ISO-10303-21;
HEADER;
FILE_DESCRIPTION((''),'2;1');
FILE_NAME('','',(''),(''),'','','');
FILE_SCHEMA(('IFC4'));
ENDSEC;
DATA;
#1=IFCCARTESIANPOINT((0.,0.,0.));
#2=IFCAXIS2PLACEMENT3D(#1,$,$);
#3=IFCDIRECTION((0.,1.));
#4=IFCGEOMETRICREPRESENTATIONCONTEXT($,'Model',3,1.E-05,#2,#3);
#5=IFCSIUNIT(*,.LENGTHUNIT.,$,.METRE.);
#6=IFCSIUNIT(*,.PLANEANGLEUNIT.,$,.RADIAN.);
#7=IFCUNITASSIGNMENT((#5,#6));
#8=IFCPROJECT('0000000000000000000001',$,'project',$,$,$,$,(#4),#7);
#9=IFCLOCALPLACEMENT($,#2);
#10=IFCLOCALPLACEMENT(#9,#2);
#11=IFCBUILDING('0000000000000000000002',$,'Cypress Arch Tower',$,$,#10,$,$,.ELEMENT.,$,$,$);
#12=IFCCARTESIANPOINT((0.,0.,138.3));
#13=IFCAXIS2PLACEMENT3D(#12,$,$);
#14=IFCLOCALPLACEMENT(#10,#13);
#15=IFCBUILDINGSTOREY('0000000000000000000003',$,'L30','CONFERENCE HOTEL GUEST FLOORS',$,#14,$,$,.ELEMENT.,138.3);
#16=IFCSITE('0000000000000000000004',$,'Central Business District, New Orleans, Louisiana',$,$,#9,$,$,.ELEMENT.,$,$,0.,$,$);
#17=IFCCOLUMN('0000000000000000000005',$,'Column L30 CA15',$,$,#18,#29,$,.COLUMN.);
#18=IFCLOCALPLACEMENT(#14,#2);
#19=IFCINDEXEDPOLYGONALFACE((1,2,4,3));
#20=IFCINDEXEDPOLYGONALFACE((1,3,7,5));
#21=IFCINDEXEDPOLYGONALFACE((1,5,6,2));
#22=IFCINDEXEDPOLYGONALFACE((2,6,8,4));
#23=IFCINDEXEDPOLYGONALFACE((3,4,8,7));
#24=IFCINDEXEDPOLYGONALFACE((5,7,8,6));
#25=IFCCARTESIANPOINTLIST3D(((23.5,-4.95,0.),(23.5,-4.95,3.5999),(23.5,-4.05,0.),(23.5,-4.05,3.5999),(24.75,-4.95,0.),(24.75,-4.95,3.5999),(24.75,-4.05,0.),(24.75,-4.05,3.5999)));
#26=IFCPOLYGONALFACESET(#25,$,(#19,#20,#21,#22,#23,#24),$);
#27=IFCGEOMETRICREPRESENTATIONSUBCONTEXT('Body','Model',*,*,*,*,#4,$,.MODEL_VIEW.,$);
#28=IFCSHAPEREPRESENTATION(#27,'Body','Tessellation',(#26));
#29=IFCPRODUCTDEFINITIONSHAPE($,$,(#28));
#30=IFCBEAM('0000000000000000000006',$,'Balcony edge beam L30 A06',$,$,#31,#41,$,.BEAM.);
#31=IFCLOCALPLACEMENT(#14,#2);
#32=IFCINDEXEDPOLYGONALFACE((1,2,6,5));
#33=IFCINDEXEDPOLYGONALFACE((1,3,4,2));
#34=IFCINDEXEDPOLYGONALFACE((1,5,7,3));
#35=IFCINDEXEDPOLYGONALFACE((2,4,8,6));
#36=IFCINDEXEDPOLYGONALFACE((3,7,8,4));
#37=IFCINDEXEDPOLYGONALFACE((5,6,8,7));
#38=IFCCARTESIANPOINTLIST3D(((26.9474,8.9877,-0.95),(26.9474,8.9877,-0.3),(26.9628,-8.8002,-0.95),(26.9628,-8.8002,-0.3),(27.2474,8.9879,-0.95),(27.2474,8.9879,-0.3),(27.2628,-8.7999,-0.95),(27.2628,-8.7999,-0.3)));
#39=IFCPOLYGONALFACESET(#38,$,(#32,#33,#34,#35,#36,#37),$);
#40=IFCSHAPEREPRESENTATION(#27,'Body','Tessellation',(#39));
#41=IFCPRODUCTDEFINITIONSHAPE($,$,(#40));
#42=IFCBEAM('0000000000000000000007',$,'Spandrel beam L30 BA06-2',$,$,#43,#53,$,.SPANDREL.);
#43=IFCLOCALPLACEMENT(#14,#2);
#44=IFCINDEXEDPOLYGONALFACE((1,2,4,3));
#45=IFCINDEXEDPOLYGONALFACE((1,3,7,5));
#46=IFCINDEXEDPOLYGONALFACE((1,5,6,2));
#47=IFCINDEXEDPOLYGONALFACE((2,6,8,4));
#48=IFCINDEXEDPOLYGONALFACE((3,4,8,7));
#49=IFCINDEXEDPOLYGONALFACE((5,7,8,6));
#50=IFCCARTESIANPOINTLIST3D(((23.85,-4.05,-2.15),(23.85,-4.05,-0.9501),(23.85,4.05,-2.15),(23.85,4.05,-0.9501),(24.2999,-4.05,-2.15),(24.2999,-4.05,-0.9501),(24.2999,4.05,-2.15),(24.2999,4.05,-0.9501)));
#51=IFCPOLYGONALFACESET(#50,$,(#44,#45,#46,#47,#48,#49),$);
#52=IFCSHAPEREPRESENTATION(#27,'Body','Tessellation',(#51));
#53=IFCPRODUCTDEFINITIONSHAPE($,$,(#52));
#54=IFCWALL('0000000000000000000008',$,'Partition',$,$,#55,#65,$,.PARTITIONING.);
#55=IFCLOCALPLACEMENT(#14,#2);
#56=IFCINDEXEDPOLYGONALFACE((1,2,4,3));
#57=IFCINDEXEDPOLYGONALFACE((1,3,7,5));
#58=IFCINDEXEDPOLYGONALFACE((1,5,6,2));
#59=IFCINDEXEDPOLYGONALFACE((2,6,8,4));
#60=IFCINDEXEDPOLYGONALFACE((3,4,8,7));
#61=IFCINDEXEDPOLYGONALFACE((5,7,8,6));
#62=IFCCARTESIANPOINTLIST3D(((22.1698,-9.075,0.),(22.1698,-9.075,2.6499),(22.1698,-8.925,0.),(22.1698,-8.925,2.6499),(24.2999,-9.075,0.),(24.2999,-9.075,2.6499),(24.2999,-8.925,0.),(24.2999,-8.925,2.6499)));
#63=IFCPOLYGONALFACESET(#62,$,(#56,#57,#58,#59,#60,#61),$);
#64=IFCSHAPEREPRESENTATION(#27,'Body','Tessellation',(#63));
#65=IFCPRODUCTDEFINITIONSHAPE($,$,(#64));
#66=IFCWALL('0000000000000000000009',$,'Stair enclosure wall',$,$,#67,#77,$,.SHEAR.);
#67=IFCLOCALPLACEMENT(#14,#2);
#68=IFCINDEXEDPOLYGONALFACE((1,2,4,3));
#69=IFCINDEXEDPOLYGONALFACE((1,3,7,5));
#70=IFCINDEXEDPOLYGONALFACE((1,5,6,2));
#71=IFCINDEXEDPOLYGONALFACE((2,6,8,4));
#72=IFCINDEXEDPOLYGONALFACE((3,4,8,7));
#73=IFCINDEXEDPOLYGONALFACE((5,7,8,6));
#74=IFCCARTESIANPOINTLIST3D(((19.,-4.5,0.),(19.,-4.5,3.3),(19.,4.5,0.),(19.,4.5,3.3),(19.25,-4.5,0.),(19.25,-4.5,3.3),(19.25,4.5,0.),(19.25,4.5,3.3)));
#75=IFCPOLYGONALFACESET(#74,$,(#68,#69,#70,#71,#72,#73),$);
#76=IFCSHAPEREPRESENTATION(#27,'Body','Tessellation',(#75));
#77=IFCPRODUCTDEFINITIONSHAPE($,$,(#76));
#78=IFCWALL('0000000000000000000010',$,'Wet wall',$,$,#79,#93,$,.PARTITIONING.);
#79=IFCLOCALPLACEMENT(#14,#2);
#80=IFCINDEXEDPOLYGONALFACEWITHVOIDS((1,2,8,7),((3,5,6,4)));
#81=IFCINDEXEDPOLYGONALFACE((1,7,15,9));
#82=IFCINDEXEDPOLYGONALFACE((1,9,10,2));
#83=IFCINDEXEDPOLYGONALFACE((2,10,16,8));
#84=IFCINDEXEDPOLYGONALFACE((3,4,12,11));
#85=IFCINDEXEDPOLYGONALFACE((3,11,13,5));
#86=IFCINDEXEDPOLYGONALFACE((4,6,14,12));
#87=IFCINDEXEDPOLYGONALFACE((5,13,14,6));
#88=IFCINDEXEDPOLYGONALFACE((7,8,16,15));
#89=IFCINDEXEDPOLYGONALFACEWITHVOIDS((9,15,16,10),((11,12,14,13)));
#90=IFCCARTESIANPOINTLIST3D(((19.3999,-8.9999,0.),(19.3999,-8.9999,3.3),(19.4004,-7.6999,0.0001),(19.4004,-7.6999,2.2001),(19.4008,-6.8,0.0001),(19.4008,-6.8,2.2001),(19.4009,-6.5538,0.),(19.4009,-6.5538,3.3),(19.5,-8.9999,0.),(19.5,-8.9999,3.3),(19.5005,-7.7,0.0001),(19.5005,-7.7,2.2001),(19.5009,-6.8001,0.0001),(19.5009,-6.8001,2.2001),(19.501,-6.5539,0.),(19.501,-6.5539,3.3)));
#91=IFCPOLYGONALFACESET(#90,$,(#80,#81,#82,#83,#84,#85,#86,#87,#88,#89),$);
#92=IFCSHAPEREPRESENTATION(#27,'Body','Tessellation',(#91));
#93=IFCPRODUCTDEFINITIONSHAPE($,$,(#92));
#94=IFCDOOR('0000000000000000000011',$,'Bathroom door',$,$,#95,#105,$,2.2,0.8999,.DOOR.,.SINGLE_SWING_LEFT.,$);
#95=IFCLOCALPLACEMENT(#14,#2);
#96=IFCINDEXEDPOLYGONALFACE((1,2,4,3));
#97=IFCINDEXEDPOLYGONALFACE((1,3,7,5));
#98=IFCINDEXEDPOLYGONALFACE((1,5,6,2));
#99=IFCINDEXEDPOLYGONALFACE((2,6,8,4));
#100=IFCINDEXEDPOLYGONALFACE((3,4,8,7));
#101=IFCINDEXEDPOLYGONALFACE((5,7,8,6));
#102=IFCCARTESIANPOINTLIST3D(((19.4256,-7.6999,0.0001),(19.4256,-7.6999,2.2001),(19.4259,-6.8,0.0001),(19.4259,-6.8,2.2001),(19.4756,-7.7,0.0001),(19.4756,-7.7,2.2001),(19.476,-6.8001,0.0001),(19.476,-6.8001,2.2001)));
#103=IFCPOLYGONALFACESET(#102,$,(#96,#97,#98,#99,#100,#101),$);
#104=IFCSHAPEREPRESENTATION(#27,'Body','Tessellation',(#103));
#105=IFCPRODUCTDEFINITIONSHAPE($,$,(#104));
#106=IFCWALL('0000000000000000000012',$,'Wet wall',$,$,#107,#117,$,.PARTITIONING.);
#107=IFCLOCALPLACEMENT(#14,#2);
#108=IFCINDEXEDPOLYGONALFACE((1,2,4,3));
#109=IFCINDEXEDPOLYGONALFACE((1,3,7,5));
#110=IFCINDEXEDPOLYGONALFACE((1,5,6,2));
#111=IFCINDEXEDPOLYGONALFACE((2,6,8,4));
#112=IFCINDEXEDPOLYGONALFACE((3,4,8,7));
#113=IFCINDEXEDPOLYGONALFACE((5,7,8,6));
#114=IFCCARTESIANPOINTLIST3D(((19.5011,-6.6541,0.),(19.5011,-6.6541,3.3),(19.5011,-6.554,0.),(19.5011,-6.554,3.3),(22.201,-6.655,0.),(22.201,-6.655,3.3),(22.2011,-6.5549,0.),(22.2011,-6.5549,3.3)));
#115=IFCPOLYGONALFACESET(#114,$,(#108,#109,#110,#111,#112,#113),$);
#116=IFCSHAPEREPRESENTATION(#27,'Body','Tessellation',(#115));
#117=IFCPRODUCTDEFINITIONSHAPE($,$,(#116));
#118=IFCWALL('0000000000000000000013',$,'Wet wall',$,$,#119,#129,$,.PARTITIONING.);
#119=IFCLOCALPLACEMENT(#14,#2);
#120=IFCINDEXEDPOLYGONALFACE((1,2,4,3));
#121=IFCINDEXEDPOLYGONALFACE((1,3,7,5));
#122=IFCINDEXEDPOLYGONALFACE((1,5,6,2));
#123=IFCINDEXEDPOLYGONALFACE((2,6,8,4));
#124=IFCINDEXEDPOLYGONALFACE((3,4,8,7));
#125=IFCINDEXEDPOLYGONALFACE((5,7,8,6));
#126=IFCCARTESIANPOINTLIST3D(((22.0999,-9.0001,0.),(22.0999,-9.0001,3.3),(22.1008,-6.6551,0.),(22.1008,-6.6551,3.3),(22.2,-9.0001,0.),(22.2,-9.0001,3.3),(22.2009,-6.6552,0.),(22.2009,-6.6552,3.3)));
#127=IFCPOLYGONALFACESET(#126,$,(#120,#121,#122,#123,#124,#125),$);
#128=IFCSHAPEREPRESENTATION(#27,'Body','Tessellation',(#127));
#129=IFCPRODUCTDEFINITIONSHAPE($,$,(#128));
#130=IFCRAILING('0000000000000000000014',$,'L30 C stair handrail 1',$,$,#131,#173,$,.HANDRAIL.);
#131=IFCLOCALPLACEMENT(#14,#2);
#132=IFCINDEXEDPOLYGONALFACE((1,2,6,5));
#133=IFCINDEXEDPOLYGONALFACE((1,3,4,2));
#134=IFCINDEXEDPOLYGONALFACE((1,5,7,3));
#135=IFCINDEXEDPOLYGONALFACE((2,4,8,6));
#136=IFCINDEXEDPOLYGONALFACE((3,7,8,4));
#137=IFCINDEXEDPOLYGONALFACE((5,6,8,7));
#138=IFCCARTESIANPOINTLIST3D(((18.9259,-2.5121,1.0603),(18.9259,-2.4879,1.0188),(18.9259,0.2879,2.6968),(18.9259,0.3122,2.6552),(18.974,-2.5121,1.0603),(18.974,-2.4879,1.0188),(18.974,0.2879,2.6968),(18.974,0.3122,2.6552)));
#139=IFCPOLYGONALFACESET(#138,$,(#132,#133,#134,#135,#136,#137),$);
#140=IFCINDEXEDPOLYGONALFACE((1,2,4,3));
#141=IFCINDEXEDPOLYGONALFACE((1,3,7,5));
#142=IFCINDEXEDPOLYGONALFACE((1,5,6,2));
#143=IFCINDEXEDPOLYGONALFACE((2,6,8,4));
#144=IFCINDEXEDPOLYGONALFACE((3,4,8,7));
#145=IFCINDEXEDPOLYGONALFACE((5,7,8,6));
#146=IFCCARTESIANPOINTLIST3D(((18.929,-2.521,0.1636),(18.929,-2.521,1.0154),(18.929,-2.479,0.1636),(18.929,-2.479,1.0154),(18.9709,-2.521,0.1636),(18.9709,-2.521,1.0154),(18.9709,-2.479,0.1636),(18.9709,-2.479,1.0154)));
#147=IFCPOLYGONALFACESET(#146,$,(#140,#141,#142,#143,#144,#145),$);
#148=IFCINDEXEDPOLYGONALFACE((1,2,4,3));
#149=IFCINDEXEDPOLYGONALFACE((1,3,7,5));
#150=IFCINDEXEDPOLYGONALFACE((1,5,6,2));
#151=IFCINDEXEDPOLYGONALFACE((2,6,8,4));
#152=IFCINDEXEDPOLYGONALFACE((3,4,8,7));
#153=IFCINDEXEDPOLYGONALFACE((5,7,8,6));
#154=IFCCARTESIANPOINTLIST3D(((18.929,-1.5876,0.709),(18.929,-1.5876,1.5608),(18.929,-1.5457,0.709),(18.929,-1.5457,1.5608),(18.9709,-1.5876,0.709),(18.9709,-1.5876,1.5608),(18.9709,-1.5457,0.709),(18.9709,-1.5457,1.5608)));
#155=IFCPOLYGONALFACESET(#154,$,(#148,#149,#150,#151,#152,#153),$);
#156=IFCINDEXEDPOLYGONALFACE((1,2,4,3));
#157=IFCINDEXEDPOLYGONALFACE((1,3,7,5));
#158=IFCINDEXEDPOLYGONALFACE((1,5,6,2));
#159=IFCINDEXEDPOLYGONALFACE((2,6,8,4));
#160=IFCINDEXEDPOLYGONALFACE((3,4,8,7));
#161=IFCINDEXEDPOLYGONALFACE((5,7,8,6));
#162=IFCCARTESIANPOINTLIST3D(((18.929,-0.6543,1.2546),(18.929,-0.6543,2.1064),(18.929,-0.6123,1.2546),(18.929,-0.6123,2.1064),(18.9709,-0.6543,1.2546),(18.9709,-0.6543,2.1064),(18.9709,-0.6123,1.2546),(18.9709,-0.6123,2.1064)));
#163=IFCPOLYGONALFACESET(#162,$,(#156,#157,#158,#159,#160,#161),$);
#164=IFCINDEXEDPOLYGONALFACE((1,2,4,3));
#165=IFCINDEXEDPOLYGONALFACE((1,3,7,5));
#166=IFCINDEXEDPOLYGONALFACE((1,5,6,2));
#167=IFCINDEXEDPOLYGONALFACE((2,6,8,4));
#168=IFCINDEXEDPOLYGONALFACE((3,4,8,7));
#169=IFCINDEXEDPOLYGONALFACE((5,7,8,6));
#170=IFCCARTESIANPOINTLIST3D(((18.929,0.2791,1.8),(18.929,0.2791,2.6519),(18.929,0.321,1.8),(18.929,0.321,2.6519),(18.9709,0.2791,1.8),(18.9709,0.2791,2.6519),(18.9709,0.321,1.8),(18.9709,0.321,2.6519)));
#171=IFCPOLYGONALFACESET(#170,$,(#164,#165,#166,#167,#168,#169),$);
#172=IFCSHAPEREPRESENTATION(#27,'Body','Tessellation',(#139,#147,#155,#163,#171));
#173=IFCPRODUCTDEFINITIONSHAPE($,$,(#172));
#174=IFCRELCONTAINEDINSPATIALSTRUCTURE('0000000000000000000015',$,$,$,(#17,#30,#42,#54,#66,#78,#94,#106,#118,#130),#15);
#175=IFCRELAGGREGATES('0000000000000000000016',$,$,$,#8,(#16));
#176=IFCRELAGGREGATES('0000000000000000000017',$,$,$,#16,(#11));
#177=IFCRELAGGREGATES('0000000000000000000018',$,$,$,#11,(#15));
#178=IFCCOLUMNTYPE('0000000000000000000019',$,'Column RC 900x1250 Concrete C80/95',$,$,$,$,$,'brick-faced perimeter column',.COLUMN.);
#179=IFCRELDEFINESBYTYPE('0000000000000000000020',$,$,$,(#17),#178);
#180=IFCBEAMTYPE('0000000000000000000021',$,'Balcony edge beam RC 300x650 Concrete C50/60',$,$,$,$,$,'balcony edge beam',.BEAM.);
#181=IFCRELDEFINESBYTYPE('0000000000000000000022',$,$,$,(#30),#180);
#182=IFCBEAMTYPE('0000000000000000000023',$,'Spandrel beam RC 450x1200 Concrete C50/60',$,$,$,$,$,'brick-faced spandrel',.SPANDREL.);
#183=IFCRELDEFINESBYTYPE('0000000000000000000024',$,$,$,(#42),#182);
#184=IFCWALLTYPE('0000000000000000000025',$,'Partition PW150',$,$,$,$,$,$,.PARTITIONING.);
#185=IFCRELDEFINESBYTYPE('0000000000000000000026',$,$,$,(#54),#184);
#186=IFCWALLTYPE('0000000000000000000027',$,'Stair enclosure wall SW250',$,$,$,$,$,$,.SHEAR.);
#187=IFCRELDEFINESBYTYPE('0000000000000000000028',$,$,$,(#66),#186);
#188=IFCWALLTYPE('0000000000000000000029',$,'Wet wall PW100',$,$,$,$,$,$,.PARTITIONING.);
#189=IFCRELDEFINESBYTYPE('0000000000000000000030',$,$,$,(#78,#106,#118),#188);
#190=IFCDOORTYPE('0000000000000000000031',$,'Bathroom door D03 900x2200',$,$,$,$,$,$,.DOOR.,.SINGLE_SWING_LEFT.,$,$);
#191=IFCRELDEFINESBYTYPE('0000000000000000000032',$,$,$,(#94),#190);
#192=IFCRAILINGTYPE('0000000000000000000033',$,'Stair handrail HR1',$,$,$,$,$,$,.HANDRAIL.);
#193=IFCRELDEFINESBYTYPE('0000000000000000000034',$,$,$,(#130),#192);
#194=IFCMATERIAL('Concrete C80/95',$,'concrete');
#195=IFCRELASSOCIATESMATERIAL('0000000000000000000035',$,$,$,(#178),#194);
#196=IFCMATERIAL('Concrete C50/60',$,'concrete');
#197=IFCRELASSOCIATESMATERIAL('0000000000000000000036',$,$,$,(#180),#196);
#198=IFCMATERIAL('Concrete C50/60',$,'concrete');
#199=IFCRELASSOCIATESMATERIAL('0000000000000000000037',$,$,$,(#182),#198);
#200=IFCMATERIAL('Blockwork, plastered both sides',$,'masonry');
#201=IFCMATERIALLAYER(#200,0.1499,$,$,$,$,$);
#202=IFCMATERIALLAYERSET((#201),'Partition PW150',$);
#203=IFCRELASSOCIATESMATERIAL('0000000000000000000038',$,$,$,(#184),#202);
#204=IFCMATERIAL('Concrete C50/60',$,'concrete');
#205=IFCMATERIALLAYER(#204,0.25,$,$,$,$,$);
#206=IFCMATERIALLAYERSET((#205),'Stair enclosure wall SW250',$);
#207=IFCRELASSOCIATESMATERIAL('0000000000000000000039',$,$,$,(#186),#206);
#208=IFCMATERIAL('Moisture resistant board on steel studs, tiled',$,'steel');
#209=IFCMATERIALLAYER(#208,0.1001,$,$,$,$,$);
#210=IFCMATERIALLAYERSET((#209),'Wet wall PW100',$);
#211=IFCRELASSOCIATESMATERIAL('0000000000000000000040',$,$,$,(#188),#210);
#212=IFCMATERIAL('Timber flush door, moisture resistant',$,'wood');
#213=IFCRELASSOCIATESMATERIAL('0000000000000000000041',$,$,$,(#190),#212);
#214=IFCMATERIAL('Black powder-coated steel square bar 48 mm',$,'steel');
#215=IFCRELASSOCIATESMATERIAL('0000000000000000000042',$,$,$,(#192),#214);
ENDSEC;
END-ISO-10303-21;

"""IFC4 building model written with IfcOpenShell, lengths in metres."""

from ifc_helpers import new_model, si_unit, direction, frame, frame_2d, origin, origin_2d, place, context, subcontext, project, spatial, rectangle, extrude, material, layer, layer_set, material_profile, profile_set, type_object, element, fill, save


model = new_model("IFC4")

# Units and contexts
model_context = context("Model", 3, precision=1e-05, world=origin(), true_north=direction((0.0, 1.0)))
body_context = subcontext(model_context, "Body", "Model", "MODEL_VIEW")
ifc_project = project(units=[si_unit("LENGTHUNIT", "METRE"), si_unit("PLANEANGLEUNIT", "RADIAN")], contexts=[model_context])

# Site, building, storey
site_placement = place(None, origin())
site = spatial("IfcSite", under=ifc_project, at=site_placement, Name="Central Business District, New Orleans, Louisiana", CompositionType="ELEMENT", RefElevation=0.0)
building_placement = place(site_placement, origin())
building = spatial("IfcBuilding", under=site, at=building_placement, Name="Cypress Arch Tower", CompositionType="ELEMENT")
storey_placement = place(building_placement, frame((0.0, 0.0, 138.3)))
storey = spatial("IfcBuildingStorey", under=building, at=storey_placement, Name="L30", Description="CONFERENCE HOTEL GUEST FLOORS", CompositionType="ELEMENT", Elevation=138.3)

# Column
ifc_material_1 = material(Name="Concrete C80/95", Category="concrete")
ifc_material_profile_1 = material_profile(ifc_material_1, rectangle(XDim=0.8999, YDim=1.25, at=origin_2d()), Name="RC 900x1250")
ifc_profile_set_1 = profile_set([ifc_material_profile_1], Name="Concrete C80/95")
column_type = type_object("IfcColumnType", Name="Column RC 900x1250 Concrete C80/95", ElementType="brick-faced perimeter column", PredefinedType="COLUMN", material=ifc_profile_set_1)
column_placement = place(storey_placement, frame((24.125, -4.5, 0.0), z_axis=(0.0, 0.0, 1.0), x_axis=(0.0, 1.0, 0.0)))
element("IfcColumn", 1, at=column_placement, inside=storey, type_object=column_type, Name="Column L30 CA15", PredefinedType="COLUMN", context=body_context, shape_type="SweptSolid", body=[
    extrude(rectangle(XDim=0.8999, YDim=1.25, at=origin_2d()), origin(), (0.0, 0.0, 1.0), 3.5999),
])

# Beams
ifc_material_2 = material(Name="Concrete C50/60", Category="concrete")
ifc_material_profile_2 = material_profile(ifc_material_2, rectangle(XDim=0.3, YDim=0.6499, at=origin_2d()), Name="RC 300x650")
ifc_profile_set_2 = profile_set([ifc_material_profile_2], Name="Concrete C50/60")
beam_type_1 = type_object("IfcBeamType", Name="Balcony edge beam RC 300x650 Concrete C50/60", ElementType="balcony edge beam", PredefinedType="BEAM", material=ifc_profile_set_2)
beam_1_placement = place(storey_placement, frame((27.1128, -8.8, -0.625), z_axis=(-0.000865, 1.0, 0.0), x_axis=(-1.0, -0.000865, 0.0)))
element("IfcBeam", 2, at=beam_1_placement, inside=storey, type_object=beam_type_1, Name="Balcony edge beam L30 A06", PredefinedType="BEAM", context=body_context, shape_type="SweptSolid", body=[
    extrude(rectangle(XDim=0.3, YDim=0.6499, at=origin_2d()), origin(), (0.0, 0.0, 1.0), 17.7878),
])
ifc_material_3 = material(Name="Concrete C50/60", Category="concrete")
ifc_material_profile_3 = material_profile(ifc_material_3, rectangle(XDim=0.45, YDim=1.2, at=origin_2d()), Name="RC 450x1200")
ifc_profile_set_3 = profile_set([ifc_material_profile_3], Name="Concrete C50/60")
beam_type_2 = type_object("IfcBeamType", Name="Spandrel beam RC 450x1200 Concrete C50/60", ElementType="brick-faced spandrel", PredefinedType="SPANDREL", material=ifc_profile_set_3)
beam_2_placement = place(storey_placement, frame((24.075, -4.05, -1.55), z_axis=(0.0, 1.0, 0.0), x_axis=(-1.0, 0.0, 0.0)))
element("IfcBeam", 3, at=beam_2_placement, inside=storey, type_object=beam_type_2, Name="Spandrel beam L30 BA06-2", PredefinedType="SPANDREL", context=body_context, shape_type="SweptSolid", body=[
    extrude(rectangle(XDim=0.45, YDim=1.2, at=origin_2d()), origin(), (0.0, 0.0, 1.0), 8.1001),
])

# Walls
ifc_material_4 = material(Name="Blockwork, plastered both sides", Category="masonry")
ifc_layer_1 = layer(ifc_material_4, 0.1499)
ifc_layer_set_1 = layer_set([ifc_layer_1], Name="Partition PW150")
wall_type_1 = type_object("IfcWallType", Name="Partition PW150", PredefinedType="PARTITIONING", material=ifc_layer_set_1)
wall_1_placement = place(storey_placement, frame((22.1699, -9.0, 0.0), z_axis=(0.0, 0.0, 1.0), x_axis=(1.0, 0.0, 0.0)))
element("IfcWall", 4, at=wall_1_placement, inside=storey, type_object=wall_type_1, Name="Partition", PredefinedType="PARTITIONING", context=body_context, shape_type="SweptSolid", body=[
    extrude(rectangle(XDim=2.1301, YDim=0.1499, at=frame_2d((1.0649, 0.0))), origin(), (0.0, 0.0, 1.0), 2.6499),
])
ifc_material_5 = material(Name="Concrete C50/60", Category="concrete")
ifc_layer_2 = layer(ifc_material_5, 0.25)
ifc_layer_set_2 = layer_set([ifc_layer_2], Name="Stair enclosure wall SW250")
wall_type_2 = type_object("IfcWallType", Name="Stair enclosure wall SW250", PredefinedType="SHEAR", material=ifc_layer_set_2)
wall_2_placement = place(storey_placement, frame((19.125, -4.5, 0.0), z_axis=(0.0, 0.0, 1.0), x_axis=(0.0, 1.0, 0.0)))
element("IfcWall", 5, at=wall_2_placement, inside=storey, type_object=wall_type_2, Name="Stair enclosure wall", PredefinedType="SHEAR", context=body_context, shape_type="SweptSolid", body=[
    extrude(rectangle(XDim=9.0, YDim=0.25, at=frame_2d((4.5, 0.0))), origin(), (0.0, 0.0, 1.0), 3.3),
])

# Wall, opening, door
ifc_material_6 = material(Name="Moisture resistant board on steel studs, tiled", Category="steel")
ifc_layer_3 = layer(ifc_material_6, 0.1001)
ifc_layer_set_3 = layer_set([ifc_layer_3], Name="Wet wall PW100")
wall_type_3 = type_object("IfcWallType", Name="Wet wall PW100", PredefinedType="PARTITIONING", material=ifc_layer_set_3)
wall_3_placement = place(storey_placement, frame((19.45, -9.0, 0.0), z_axis=(0.0, 0.0, 1.0), x_axis=(0.000399, 1.0, 0.0)))
wall_3 = element("IfcWall", 6, at=wall_3_placement, inside=storey, type_object=wall_type_3, Name="Wet wall", PredefinedType="PARTITIONING", context=body_context, shape_type="SweptSolid", body=[
    extrude(rectangle(XDim=2.446, YDim=0.1001, at=frame_2d((1.2231, 0.0))), origin(), (0.0, 0.0, 1.0), 3.3),
])
opening_1_placement = place(wall_3_placement, frame((1.3, 0.0, 0.0)))
opening_1 = element("IfcOpeningElement", 7, at=opening_1_placement, cuts=wall_3, PredefinedType="OPENING", context=body_context, shape_type="SweptSolid", body=[
    extrude(rectangle(XDim=0.8999, YDim=2.2, at=frame_2d((0.45, 1.1001))), frame((0.0, 0.0601, 0.0), z_axis=(0.0, -1.0, 0.0), x_axis=(1.0, 0.0, 0.0)), (0.0, 0.0, 1.0), 0.1201),
])
ifc_material_7 = material(Name="Timber flush door, moisture resistant", Category="wood")
door_type_1 = type_object("IfcDoorType", Name="Bathroom door D03 900x2200", OperationType="SINGLE_SWING_LEFT", PredefinedType="DOOR", material=ifc_material_7)
door_1_placement = place(opening_1_placement, origin())
door_1 = element("IfcDoor", 8, at=door_1_placement, inside=storey, type_object=door_type_1, Name="Bathroom door", OperationType="SINGLE_SWING_LEFT", OverallHeight=2.2, OverallWidth=0.8999, PredefinedType="DOOR", context=body_context, shape_type="SweptSolid", body=[
    extrude(rectangle(XDim=0.8999, YDim=2.2, at=frame_2d((0.45, 1.1001))), frame((0.0, 0.0249, 0.0), z_axis=(0.0, -1.0, 0.0), x_axis=(1.0, 0.0, 0.0)), (0.0, 0.0, 1.0), 0.05),
])
fill(opening_1, door_1)

# Walls
wall_4_placement = place(storey_placement, frame((19.501, -6.604, 0.0), z_axis=(0.0, 0.0, 1.0), x_axis=(1.0, -0.000362, 0.0)))
element("IfcWall", 9, at=wall_4_placement, inside=storey, type_object=wall_type_3, Name="Wet wall", PredefinedType="PARTITIONING", context=body_context, shape_type="SweptSolid", body=[
    extrude(rectangle(XDim=2.7, YDim=0.1001, at=frame_2d((1.3501, 0.0))), origin(), (0.0, 0.0, 1.0), 3.3),
])
wall_5_placement = place(storey_placement, frame((22.1499, -9.0, 0.0), z_axis=(0.0, 0.0, 1.0), x_axis=(0.000416, 1.0, 0.0)))
element("IfcWall", 10, at=wall_5_placement, inside=storey, type_object=wall_type_3, Name="Wet wall", PredefinedType="PARTITIONING", context=body_context, shape_type="SweptSolid", body=[
    extrude(rectangle(XDim=2.345, YDim=0.1001, at=frame_2d((1.1724, 0.0))), origin(), (0.0, 0.0, 1.0), 3.3),
])

# Railing
ifc_material_8 = material(Name="Black powder-coated steel square bar 48 mm", Category="steel")
railing_type_1 = type_object("IfcRailingType", Name="Stair handrail HR1", PredefinedType="HANDRAIL", material=ifc_material_8)
railing_1_placement = place(storey_placement, frame((18.95, -2.5, 0.1636)))
element("IfcRailing", 11, at=railing_1_placement, inside=storey, type_object=railing_type_1, Name="L30 C stair handrail 1", PredefinedType="HANDRAIL", context=body_context, shape_type="SweptSolid", body=[
    extrude(rectangle(XDim=0.0481, YDim=0.0481, at=origin_2d()), frame((0.0, 0.0, 0.876), z_axis=(0.0, 0.863361, 0.504587), x_axis=(-1.0, 0.0, 0.0)), (0.0, 0.0, 1.0), 3.2432),
    extrude(rectangle(XDim=0.042, YDim=0.042, at=origin_2d()), origin(), (0.0, 0.0, 1.0), 0.8518),
    extrude(rectangle(XDim=0.042, YDim=0.042, at=origin_2d()), frame((0.0, 0.9333, 0.5454)), (0.0, 0.0, 1.0), 0.8518),
    extrude(rectangle(XDim=0.042, YDim=0.042, at=origin_2d()), frame((0.0, 1.8667, 1.0911)), (0.0, 0.0, 1.0), 0.8518),
    extrude(rectangle(XDim=0.042, YDim=0.042, at=origin_2d()), frame((0.0, 2.8, 1.6365)), (0.0, 0.0, 1.0), 0.8518),
])

save(model, "model.ifc")
